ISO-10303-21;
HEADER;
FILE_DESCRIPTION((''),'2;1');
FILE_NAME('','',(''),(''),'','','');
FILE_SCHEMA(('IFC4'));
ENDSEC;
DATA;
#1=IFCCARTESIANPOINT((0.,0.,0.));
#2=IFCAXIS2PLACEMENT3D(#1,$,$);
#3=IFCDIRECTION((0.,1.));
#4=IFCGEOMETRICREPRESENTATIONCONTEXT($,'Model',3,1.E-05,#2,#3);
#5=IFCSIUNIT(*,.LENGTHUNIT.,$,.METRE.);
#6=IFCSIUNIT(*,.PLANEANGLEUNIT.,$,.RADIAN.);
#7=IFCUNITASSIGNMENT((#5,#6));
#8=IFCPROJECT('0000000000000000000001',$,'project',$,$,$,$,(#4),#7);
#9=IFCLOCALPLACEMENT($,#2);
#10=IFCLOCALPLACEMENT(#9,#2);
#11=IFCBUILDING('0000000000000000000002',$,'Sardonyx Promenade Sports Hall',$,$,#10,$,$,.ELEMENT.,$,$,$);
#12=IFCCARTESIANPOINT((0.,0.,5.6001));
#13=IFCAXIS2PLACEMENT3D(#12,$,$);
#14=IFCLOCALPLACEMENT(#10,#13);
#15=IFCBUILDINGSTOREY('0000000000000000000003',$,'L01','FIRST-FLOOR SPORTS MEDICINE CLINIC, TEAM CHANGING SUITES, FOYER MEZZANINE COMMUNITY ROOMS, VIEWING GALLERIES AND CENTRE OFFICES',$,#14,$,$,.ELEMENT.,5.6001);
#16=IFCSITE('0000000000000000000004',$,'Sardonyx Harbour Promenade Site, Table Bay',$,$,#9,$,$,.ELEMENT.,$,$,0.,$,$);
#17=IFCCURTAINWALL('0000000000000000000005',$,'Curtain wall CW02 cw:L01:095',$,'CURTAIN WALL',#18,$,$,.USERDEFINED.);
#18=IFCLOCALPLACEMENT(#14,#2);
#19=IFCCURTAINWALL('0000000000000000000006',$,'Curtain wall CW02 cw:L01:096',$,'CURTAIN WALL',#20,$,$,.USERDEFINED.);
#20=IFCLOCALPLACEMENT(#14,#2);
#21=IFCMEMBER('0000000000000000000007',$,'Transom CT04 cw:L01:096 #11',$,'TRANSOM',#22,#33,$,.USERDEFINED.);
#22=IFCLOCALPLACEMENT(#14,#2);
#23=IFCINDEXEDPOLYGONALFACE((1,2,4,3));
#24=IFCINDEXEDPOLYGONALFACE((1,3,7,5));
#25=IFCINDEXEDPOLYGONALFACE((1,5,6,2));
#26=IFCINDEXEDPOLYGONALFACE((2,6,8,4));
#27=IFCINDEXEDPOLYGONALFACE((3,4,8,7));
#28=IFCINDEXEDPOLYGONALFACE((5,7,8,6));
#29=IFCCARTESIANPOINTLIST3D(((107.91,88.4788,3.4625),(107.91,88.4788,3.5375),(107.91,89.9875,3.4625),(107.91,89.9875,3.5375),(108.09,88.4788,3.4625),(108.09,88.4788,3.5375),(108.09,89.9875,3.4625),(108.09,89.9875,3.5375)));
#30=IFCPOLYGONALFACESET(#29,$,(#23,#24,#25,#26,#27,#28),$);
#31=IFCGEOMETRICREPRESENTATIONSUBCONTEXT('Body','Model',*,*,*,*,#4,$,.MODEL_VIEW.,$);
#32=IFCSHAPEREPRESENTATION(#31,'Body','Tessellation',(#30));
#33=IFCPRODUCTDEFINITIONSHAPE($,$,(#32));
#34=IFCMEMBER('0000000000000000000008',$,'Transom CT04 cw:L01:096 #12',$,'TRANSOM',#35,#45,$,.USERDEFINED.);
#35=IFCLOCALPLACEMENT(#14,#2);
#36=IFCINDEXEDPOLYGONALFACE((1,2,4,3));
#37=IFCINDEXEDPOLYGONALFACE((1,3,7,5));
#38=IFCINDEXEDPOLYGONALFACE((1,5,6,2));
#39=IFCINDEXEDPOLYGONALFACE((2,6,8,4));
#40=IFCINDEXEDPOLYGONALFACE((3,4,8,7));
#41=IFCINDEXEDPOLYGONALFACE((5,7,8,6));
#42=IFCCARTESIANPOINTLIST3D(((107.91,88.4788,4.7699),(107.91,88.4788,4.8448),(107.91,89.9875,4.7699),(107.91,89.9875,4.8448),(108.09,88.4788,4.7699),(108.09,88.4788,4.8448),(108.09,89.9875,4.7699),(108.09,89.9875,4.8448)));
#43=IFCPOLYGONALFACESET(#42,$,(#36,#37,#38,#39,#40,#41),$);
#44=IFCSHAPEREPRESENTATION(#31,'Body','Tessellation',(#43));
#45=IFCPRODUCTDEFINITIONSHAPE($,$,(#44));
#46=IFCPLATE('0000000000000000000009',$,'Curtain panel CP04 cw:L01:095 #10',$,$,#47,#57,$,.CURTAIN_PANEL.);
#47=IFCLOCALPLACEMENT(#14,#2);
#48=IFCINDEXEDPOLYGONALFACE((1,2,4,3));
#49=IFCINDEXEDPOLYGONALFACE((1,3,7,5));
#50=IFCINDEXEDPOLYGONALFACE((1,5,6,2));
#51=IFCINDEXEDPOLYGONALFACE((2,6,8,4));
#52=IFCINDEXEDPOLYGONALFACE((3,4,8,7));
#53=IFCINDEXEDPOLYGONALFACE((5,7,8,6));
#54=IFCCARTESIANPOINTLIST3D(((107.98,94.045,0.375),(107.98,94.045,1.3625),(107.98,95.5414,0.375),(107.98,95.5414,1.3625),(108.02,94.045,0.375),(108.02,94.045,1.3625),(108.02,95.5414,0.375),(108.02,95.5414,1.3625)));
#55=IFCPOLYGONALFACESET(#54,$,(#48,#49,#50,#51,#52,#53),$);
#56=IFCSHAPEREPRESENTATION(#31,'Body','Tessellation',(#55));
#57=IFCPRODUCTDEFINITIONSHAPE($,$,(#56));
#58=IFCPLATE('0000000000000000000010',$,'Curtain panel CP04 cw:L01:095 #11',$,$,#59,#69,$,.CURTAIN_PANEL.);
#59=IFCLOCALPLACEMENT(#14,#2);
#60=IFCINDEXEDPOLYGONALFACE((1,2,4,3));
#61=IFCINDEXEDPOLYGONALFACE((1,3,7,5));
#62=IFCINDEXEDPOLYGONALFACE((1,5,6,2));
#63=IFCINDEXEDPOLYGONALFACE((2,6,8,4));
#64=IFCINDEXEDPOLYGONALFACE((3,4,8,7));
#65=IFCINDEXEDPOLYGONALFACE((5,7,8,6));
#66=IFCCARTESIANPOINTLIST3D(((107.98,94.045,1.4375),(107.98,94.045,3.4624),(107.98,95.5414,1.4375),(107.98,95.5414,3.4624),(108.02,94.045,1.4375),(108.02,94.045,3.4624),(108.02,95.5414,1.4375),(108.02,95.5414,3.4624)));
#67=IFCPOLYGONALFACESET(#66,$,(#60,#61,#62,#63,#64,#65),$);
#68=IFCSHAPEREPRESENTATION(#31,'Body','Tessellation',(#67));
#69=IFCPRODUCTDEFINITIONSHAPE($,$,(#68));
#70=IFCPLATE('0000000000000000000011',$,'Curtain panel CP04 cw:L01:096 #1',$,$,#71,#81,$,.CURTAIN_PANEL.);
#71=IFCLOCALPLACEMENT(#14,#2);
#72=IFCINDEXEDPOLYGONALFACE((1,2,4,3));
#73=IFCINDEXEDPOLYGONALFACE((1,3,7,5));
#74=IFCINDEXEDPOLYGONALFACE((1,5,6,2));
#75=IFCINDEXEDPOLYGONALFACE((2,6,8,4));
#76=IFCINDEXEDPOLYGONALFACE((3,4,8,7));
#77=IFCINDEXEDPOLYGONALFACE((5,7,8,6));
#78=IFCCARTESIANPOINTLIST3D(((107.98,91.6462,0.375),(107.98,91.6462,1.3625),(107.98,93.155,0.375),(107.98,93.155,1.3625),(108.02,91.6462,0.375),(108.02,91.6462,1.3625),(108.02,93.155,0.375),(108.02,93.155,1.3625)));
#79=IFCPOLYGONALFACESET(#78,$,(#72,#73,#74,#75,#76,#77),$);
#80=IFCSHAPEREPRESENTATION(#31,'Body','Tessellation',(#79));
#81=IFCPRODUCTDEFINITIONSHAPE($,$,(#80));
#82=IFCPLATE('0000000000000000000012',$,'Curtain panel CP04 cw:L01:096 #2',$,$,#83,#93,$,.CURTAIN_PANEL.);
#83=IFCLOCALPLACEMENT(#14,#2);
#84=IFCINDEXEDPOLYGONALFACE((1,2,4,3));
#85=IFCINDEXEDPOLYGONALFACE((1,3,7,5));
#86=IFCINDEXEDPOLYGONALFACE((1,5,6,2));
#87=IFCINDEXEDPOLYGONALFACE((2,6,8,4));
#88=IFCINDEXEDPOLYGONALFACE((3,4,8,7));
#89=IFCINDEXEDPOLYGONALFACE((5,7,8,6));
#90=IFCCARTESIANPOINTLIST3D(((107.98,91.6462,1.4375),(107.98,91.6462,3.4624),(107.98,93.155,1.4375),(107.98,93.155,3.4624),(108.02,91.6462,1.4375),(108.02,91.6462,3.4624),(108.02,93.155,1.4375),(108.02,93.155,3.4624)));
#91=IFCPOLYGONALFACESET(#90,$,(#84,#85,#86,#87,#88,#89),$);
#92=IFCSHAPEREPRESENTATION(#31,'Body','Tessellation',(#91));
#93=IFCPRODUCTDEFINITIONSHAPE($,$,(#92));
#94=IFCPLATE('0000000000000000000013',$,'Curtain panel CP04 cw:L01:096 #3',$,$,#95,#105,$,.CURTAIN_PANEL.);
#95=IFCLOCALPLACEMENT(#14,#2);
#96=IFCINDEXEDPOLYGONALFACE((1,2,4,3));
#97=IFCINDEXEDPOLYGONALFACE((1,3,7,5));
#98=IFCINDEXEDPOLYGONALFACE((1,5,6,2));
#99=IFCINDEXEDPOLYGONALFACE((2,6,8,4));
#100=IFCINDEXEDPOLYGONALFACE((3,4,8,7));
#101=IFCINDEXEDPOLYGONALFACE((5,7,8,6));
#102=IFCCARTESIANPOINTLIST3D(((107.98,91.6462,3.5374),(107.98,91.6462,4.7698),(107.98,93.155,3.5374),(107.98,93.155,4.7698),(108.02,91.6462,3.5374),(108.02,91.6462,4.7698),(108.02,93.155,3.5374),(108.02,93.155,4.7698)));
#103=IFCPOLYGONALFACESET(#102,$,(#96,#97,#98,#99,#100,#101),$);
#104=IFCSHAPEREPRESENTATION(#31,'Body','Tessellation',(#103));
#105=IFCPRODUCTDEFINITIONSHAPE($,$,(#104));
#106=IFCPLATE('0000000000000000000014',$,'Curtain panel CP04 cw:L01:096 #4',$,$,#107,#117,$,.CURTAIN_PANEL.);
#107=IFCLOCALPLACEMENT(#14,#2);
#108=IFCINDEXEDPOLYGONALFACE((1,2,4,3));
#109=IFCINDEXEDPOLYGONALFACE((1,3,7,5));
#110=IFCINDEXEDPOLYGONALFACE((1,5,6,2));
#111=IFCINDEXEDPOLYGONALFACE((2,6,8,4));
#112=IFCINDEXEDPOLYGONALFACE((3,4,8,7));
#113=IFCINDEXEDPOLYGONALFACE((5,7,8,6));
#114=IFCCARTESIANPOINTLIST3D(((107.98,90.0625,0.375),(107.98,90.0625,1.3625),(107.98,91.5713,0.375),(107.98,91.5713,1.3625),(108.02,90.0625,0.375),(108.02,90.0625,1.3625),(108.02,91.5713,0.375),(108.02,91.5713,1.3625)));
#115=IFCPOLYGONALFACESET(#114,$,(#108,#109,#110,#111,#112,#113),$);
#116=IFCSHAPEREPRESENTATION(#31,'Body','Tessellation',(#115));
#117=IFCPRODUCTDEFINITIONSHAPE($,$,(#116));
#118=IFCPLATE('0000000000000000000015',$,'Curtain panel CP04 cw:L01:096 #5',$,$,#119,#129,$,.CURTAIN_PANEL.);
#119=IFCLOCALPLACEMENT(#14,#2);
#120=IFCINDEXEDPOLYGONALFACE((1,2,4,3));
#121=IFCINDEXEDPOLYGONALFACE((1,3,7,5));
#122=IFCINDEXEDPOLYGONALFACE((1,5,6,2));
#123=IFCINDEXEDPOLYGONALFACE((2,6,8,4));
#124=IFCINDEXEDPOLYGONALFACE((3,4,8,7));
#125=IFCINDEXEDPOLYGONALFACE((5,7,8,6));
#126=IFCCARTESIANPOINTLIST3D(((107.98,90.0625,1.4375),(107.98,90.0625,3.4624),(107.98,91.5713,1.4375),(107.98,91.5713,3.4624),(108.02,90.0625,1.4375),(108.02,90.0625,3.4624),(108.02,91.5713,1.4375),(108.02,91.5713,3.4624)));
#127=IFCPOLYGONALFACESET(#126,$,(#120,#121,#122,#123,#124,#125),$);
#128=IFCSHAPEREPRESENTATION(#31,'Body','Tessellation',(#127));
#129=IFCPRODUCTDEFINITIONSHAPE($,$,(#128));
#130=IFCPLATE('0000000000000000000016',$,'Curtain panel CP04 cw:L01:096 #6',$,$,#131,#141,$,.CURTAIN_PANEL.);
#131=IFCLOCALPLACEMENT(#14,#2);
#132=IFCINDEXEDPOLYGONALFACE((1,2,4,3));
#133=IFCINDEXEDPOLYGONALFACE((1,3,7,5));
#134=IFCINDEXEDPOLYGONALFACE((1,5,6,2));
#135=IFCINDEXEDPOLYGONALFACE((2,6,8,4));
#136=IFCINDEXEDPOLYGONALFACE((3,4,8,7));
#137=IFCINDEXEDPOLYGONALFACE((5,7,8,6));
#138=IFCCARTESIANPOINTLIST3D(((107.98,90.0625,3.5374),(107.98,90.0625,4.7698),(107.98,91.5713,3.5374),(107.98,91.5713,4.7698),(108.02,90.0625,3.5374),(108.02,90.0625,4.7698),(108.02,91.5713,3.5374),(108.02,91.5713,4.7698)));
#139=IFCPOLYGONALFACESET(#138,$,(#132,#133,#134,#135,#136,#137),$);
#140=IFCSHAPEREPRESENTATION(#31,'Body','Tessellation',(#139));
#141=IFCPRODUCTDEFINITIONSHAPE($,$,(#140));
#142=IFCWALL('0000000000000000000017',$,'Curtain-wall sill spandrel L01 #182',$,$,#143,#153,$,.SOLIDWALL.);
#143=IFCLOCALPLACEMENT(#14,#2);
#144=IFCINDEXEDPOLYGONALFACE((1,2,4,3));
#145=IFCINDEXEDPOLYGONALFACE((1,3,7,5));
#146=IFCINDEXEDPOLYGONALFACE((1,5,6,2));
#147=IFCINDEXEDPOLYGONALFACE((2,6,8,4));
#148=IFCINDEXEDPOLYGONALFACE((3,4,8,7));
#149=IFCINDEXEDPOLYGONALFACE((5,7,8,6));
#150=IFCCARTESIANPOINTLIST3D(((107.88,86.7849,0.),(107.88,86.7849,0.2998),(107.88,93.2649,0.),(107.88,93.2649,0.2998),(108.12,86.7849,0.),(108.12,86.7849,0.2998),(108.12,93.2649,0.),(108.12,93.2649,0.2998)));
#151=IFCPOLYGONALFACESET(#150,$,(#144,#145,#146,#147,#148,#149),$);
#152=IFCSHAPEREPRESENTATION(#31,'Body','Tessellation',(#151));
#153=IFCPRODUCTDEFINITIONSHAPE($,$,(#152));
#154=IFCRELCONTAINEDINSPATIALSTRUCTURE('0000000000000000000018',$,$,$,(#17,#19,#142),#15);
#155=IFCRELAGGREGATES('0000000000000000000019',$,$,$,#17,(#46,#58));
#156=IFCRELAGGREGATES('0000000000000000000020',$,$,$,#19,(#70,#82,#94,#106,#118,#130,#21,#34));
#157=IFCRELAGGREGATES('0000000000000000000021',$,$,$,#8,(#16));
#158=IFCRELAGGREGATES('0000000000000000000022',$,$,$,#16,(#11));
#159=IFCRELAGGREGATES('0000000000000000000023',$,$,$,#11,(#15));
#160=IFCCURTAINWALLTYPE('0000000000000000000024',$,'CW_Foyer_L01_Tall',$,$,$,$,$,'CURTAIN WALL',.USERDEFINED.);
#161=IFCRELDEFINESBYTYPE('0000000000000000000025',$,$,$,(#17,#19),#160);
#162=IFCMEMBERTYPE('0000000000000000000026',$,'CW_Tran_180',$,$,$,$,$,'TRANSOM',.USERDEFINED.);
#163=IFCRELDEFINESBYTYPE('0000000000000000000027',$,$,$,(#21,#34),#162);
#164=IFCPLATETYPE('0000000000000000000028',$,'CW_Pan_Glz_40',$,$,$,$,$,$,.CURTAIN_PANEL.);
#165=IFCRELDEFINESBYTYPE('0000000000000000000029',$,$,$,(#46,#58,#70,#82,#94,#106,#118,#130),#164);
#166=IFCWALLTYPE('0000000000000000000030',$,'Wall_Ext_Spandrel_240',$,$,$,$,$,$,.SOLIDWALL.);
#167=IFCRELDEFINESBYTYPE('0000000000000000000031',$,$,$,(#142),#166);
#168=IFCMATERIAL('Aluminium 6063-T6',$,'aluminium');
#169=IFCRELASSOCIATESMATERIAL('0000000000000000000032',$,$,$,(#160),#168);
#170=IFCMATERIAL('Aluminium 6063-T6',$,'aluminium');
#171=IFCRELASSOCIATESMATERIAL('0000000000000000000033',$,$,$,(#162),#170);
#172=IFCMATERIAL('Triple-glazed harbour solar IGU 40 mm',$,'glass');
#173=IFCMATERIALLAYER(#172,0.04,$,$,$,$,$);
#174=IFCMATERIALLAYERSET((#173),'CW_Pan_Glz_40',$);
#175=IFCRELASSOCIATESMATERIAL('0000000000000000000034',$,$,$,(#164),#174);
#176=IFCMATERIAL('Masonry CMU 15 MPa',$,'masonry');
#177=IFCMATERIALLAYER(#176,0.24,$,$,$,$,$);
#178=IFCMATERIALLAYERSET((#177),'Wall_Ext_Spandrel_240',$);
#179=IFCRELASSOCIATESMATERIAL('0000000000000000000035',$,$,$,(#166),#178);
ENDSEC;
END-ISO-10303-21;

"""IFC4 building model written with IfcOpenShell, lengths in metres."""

from ifc_helpers import new_model, si_unit, direction, frame, frame_2d, origin, origin_2d, place, context, subcontext, project, spatial, rectangle, extrude, material, layer, layer_set, material_profile, profile_set, type_object, element, aggregate, save


model = new_model("IFC4")

# Units and contexts
model_context = context("Model", 3, precision=1e-05, world=origin(), true_north=direction((0.0, 1.0)))
body_context = subcontext(model_context, "Body", "Model", "MODEL_VIEW")
ifc_project = project(units=[si_unit("LENGTHUNIT", "METRE"), si_unit("PLANEANGLEUNIT", "RADIAN")], contexts=[model_context])

# Site, building, storey
site_placement = place(None, origin())
site = spatial("IfcSite", under=ifc_project, at=site_placement, Name="Sardonyx Harbour Promenade Site, Table Bay", CompositionType="ELEMENT", RefElevation=0.0)
building_placement = place(site_placement, origin())
building = spatial("IfcBuilding", under=site, at=building_placement, Name="Sardonyx Promenade Sports Hall", CompositionType="ELEMENT")
storey_placement = place(building_placement, frame((0.0, 0.0, 5.6001)))
storey = spatial("IfcBuildingStorey", under=building, at=storey_placement, Name="L01", Description="FIRST-FLOOR SPORTS MEDICINE CLINIC, TEAM CHANGING SUITES, FOYER MEZZANINE COMMUNITY ROOMS, VIEWING GALLERIES AND CENTRE OFFICES", CompositionType="ELEMENT", Elevation=5.6001)

# Curtain wall
ifc_material_1 = material(Name="Aluminium 6063-T6", Category="aluminium")
curtain_wall_type = type_object("IfcCurtainWallType", Name="CW_Foyer_L01_Tall", ElementType="CURTAIN WALL", PredefinedType="USERDEFINED", material=ifc_material_1)
curtain_wall_1_placement = place(storey_placement, origin())
curtain_wall_1 = element("IfcCurtainWall", 1, at=curtain_wall_1_placement, inside=storey, type_object=curtain_wall_type, Name="Curtain wall CW02 cw:L01:095", ObjectType="CURTAIN WALL", PredefinedType="USERDEFINED")

# Curtain wall, members
curtain_wall_2_placement = place(storey_placement, origin())
curtain_wall_2 = element("IfcCurtainWall", 2, at=curtain_wall_2_placement, inside=storey, type_object=curtain_wall_type, Name="Curtain wall CW02 cw:L01:096", ObjectType="CURTAIN WALL", PredefinedType="USERDEFINED")
ifc_material_2 = material(Name="Aluminium 6063-T6", Category="aluminium")
ifc_material_profile_1 = material_profile(ifc_material_2, rectangle(XDim=0.075, YDim=0.1799, at=origin_2d()))
ifc_profile_set_1 = profile_set([ifc_material_profile_1], Name="Aluminium 6063-T6")
member_type_1 = type_object("IfcMemberType", Name="CW_Tran_180", ElementType="TRANSOM", PredefinedType="USERDEFINED", material=ifc_profile_set_1)
member_1_placement = place(storey_placement, frame((108.0, 89.9875, 3.5), z_axis=(0.0, -1.0, 0.0), x_axis=(0.0, 0.0, 1.0)))
member_1 = element("IfcMember", 3, at=member_1_placement, type_object=member_type_1, Name="Transom CT04 cw:L01:096 #11", ObjectType="TRANSOM", PredefinedType="USERDEFINED", context=body_context, shape_type="SweptSolid", body=[
    extrude(rectangle(XDim=0.075, YDim=0.1799, at=origin_2d()), origin(), (0.0, 0.0, 1.0), 1.5088),
])
member_2_placement = place(storey_placement, frame((108.0, 89.9875, 4.8074), z_axis=(0.0, -1.0, 0.0), x_axis=(0.0, 0.0, 1.0)))
member_2 = element("IfcMember", 4, at=member_2_placement, type_object=member_type_1, Name="Transom CT04 cw:L01:096 #12", ObjectType="TRANSOM", PredefinedType="USERDEFINED", context=body_context, shape_type="SweptSolid", body=[
    extrude(rectangle(XDim=0.075, YDim=0.1799, at=origin_2d()), origin(), (0.0, 0.0, 1.0), 1.5088),
])

# Plates
ifc_material_3 = material(Name="Triple-glazed harbour solar IGU 40 mm", Category="glass")
ifc_layer_1 = layer(ifc_material_3, 0.04)
ifc_layer_set_1 = layer_set([ifc_layer_1], Name="CW_Pan_Glz_40")
plate_type = type_object("IfcPlateType", Name="CW_Pan_Glz_40", PredefinedType="CURTAIN_PANEL", material=ifc_layer_set_1)
plate_1_placement = place(storey_placement, frame((108.0, 94.7932, 0.375), z_axis=(0.0, 0.0, 1.0), x_axis=(0.0, -1.0, 0.0)))
plate_1 = element("IfcPlate", 5, at=plate_1_placement, type_object=plate_type, Name="Curtain panel CP04 cw:L01:095 #10", PredefinedType="CURTAIN_PANEL", context=body_context, shape_type="SweptSolid", body=[
    extrude(rectangle(XDim=1.4963, YDim=0.04, at=origin_2d()), origin(), (0.0, 0.0, 1.0), 0.9875),
])
plate_2_placement = place(storey_placement, frame((108.0, 94.7932, 1.4375), z_axis=(0.0, 0.0, 1.0), x_axis=(0.0, -1.0, 0.0)))
plate_2 = element("IfcPlate", 6, at=plate_2_placement, type_object=plate_type, Name="Curtain panel CP04 cw:L01:095 #11", PredefinedType="CURTAIN_PANEL", context=body_context, shape_type="SweptSolid", body=[
    extrude(rectangle(XDim=1.4963, YDim=0.04, at=origin_2d()), origin(), (0.0, 0.0, 1.0), 2.0249),
])
aggregate(curtain_wall_1, [plate_1, plate_2])
plate_3_placement = place(storey_placement, frame((108.0, 92.4006, 0.375), z_axis=(0.0, 0.0, 1.0), x_axis=(0.0, -1.0, 0.0)))
plate_3 = element("IfcPlate", 7, at=plate_3_placement, type_object=plate_type, Name="Curtain panel CP04 cw:L01:096 #1", PredefinedType="CURTAIN_PANEL", context=body_context, shape_type="SweptSolid", body=[
    extrude(rectangle(XDim=1.5088, YDim=0.04, at=origin_2d()), origin(), (0.0, 0.0, 1.0), 0.9875),
])
plate_4_placement = place(storey_placement, frame((108.0, 92.4006, 1.4375), z_axis=(0.0, 0.0, 1.0), x_axis=(0.0, -1.0, 0.0)))
plate_4 = element("IfcPlate", 8, at=plate_4_placement, type_object=plate_type, Name="Curtain panel CP04 cw:L01:096 #2", PredefinedType="CURTAIN_PANEL", context=body_context, shape_type="SweptSolid", body=[
    extrude(rectangle(XDim=1.5088, YDim=0.04, at=origin_2d()), origin(), (0.0, 0.0, 1.0), 2.0249),
])
plate_5_placement = place(storey_placement, frame((108.0, 92.4006, 3.5374), z_axis=(0.0, 0.0, 1.0), x_axis=(0.0, -1.0, 0.0)))
plate_5 = element("IfcPlate", 9, at=plate_5_placement, type_object=plate_type, Name="Curtain panel CP04 cw:L01:096 #3", PredefinedType="CURTAIN_PANEL", context=body_context, shape_type="SweptSolid", body=[
    extrude(rectangle(XDim=1.5088, YDim=0.04, at=origin_2d()), origin(), (0.0, 0.0, 1.0), 1.2324),
])
plate_6_placement = place(storey_placement, frame((108.0, 90.8169, 0.375), z_axis=(0.0, 0.0, 1.0), x_axis=(0.0, -1.0, 0.0)))
plate_6 = element("IfcPlate", 10, at=plate_6_placement, type_object=plate_type, Name="Curtain panel CP04 cw:L01:096 #4", PredefinedType="CURTAIN_PANEL", context=body_context, shape_type="SweptSolid", body=[
    extrude(rectangle(XDim=1.5088, YDim=0.04, at=origin_2d()), origin(), (0.0, 0.0, 1.0), 0.9875),
])
plate_7_placement = place(storey_placement, frame((108.0, 90.8169, 1.4375), z_axis=(0.0, 0.0, 1.0), x_axis=(0.0, -1.0, 0.0)))
plate_7 = element("IfcPlate", 11, at=plate_7_placement, type_object=plate_type, Name="Curtain panel CP04 cw:L01:096 #5", PredefinedType="CURTAIN_PANEL", context=body_context, shape_type="SweptSolid", body=[
    extrude(rectangle(XDim=1.5088, YDim=0.04, at=origin_2d()), origin(), (0.0, 0.0, 1.0), 2.0249),
])
plate_8_placement = place(storey_placement, frame((108.0, 90.8169, 3.5374), z_axis=(0.0, 0.0, 1.0), x_axis=(0.0, -1.0, 0.0)))
plate_8 = element("IfcPlate", 12, at=plate_8_placement, type_object=plate_type, Name="Curtain panel CP04 cw:L01:096 #6", PredefinedType="CURTAIN_PANEL", context=body_context, shape_type="SweptSolid", body=[
    extrude(rectangle(XDim=1.5088, YDim=0.04, at=origin_2d()), origin(), (0.0, 0.0, 1.0), 1.2324),
])
aggregate(curtain_wall_2, [plate_3, plate_4, plate_5, plate_6, plate_7, plate_8, member_1, member_2])

# Wall
ifc_material_4 = material(Name="Masonry CMU 15 MPa", Category="masonry")
ifc_layer_2 = layer(ifc_material_4, 0.24)
ifc_layer_set_2 = layer_set([ifc_layer_2], Name="Wall_Ext_Spandrel_240")
wall_type = type_object("IfcWallType", Name="Wall_Ext_Spandrel_240", PredefinedType="SOLIDWALL", material=ifc_layer_set_2)
wall_placement = place(storey_placement, frame((108.0, 93.2649, 0.0), z_axis=(0.0, 0.0, 1.0), x_axis=(0.0, -1.0, 0.0)))
element("IfcWall", 13, at=wall_placement, inside=storey, type_object=wall_type, Name="Curtain-wall sill spandrel L01 #182", PredefinedType="SOLIDWALL", context=body_context, shape_type="SweptSolid", body=[
    extrude(rectangle(XDim=6.48, YDim=0.24, at=frame_2d((3.24, 0.0))), origin(), (0.0, 0.0, 1.0), 0.2998),
])

save(model, "model.ifc")
